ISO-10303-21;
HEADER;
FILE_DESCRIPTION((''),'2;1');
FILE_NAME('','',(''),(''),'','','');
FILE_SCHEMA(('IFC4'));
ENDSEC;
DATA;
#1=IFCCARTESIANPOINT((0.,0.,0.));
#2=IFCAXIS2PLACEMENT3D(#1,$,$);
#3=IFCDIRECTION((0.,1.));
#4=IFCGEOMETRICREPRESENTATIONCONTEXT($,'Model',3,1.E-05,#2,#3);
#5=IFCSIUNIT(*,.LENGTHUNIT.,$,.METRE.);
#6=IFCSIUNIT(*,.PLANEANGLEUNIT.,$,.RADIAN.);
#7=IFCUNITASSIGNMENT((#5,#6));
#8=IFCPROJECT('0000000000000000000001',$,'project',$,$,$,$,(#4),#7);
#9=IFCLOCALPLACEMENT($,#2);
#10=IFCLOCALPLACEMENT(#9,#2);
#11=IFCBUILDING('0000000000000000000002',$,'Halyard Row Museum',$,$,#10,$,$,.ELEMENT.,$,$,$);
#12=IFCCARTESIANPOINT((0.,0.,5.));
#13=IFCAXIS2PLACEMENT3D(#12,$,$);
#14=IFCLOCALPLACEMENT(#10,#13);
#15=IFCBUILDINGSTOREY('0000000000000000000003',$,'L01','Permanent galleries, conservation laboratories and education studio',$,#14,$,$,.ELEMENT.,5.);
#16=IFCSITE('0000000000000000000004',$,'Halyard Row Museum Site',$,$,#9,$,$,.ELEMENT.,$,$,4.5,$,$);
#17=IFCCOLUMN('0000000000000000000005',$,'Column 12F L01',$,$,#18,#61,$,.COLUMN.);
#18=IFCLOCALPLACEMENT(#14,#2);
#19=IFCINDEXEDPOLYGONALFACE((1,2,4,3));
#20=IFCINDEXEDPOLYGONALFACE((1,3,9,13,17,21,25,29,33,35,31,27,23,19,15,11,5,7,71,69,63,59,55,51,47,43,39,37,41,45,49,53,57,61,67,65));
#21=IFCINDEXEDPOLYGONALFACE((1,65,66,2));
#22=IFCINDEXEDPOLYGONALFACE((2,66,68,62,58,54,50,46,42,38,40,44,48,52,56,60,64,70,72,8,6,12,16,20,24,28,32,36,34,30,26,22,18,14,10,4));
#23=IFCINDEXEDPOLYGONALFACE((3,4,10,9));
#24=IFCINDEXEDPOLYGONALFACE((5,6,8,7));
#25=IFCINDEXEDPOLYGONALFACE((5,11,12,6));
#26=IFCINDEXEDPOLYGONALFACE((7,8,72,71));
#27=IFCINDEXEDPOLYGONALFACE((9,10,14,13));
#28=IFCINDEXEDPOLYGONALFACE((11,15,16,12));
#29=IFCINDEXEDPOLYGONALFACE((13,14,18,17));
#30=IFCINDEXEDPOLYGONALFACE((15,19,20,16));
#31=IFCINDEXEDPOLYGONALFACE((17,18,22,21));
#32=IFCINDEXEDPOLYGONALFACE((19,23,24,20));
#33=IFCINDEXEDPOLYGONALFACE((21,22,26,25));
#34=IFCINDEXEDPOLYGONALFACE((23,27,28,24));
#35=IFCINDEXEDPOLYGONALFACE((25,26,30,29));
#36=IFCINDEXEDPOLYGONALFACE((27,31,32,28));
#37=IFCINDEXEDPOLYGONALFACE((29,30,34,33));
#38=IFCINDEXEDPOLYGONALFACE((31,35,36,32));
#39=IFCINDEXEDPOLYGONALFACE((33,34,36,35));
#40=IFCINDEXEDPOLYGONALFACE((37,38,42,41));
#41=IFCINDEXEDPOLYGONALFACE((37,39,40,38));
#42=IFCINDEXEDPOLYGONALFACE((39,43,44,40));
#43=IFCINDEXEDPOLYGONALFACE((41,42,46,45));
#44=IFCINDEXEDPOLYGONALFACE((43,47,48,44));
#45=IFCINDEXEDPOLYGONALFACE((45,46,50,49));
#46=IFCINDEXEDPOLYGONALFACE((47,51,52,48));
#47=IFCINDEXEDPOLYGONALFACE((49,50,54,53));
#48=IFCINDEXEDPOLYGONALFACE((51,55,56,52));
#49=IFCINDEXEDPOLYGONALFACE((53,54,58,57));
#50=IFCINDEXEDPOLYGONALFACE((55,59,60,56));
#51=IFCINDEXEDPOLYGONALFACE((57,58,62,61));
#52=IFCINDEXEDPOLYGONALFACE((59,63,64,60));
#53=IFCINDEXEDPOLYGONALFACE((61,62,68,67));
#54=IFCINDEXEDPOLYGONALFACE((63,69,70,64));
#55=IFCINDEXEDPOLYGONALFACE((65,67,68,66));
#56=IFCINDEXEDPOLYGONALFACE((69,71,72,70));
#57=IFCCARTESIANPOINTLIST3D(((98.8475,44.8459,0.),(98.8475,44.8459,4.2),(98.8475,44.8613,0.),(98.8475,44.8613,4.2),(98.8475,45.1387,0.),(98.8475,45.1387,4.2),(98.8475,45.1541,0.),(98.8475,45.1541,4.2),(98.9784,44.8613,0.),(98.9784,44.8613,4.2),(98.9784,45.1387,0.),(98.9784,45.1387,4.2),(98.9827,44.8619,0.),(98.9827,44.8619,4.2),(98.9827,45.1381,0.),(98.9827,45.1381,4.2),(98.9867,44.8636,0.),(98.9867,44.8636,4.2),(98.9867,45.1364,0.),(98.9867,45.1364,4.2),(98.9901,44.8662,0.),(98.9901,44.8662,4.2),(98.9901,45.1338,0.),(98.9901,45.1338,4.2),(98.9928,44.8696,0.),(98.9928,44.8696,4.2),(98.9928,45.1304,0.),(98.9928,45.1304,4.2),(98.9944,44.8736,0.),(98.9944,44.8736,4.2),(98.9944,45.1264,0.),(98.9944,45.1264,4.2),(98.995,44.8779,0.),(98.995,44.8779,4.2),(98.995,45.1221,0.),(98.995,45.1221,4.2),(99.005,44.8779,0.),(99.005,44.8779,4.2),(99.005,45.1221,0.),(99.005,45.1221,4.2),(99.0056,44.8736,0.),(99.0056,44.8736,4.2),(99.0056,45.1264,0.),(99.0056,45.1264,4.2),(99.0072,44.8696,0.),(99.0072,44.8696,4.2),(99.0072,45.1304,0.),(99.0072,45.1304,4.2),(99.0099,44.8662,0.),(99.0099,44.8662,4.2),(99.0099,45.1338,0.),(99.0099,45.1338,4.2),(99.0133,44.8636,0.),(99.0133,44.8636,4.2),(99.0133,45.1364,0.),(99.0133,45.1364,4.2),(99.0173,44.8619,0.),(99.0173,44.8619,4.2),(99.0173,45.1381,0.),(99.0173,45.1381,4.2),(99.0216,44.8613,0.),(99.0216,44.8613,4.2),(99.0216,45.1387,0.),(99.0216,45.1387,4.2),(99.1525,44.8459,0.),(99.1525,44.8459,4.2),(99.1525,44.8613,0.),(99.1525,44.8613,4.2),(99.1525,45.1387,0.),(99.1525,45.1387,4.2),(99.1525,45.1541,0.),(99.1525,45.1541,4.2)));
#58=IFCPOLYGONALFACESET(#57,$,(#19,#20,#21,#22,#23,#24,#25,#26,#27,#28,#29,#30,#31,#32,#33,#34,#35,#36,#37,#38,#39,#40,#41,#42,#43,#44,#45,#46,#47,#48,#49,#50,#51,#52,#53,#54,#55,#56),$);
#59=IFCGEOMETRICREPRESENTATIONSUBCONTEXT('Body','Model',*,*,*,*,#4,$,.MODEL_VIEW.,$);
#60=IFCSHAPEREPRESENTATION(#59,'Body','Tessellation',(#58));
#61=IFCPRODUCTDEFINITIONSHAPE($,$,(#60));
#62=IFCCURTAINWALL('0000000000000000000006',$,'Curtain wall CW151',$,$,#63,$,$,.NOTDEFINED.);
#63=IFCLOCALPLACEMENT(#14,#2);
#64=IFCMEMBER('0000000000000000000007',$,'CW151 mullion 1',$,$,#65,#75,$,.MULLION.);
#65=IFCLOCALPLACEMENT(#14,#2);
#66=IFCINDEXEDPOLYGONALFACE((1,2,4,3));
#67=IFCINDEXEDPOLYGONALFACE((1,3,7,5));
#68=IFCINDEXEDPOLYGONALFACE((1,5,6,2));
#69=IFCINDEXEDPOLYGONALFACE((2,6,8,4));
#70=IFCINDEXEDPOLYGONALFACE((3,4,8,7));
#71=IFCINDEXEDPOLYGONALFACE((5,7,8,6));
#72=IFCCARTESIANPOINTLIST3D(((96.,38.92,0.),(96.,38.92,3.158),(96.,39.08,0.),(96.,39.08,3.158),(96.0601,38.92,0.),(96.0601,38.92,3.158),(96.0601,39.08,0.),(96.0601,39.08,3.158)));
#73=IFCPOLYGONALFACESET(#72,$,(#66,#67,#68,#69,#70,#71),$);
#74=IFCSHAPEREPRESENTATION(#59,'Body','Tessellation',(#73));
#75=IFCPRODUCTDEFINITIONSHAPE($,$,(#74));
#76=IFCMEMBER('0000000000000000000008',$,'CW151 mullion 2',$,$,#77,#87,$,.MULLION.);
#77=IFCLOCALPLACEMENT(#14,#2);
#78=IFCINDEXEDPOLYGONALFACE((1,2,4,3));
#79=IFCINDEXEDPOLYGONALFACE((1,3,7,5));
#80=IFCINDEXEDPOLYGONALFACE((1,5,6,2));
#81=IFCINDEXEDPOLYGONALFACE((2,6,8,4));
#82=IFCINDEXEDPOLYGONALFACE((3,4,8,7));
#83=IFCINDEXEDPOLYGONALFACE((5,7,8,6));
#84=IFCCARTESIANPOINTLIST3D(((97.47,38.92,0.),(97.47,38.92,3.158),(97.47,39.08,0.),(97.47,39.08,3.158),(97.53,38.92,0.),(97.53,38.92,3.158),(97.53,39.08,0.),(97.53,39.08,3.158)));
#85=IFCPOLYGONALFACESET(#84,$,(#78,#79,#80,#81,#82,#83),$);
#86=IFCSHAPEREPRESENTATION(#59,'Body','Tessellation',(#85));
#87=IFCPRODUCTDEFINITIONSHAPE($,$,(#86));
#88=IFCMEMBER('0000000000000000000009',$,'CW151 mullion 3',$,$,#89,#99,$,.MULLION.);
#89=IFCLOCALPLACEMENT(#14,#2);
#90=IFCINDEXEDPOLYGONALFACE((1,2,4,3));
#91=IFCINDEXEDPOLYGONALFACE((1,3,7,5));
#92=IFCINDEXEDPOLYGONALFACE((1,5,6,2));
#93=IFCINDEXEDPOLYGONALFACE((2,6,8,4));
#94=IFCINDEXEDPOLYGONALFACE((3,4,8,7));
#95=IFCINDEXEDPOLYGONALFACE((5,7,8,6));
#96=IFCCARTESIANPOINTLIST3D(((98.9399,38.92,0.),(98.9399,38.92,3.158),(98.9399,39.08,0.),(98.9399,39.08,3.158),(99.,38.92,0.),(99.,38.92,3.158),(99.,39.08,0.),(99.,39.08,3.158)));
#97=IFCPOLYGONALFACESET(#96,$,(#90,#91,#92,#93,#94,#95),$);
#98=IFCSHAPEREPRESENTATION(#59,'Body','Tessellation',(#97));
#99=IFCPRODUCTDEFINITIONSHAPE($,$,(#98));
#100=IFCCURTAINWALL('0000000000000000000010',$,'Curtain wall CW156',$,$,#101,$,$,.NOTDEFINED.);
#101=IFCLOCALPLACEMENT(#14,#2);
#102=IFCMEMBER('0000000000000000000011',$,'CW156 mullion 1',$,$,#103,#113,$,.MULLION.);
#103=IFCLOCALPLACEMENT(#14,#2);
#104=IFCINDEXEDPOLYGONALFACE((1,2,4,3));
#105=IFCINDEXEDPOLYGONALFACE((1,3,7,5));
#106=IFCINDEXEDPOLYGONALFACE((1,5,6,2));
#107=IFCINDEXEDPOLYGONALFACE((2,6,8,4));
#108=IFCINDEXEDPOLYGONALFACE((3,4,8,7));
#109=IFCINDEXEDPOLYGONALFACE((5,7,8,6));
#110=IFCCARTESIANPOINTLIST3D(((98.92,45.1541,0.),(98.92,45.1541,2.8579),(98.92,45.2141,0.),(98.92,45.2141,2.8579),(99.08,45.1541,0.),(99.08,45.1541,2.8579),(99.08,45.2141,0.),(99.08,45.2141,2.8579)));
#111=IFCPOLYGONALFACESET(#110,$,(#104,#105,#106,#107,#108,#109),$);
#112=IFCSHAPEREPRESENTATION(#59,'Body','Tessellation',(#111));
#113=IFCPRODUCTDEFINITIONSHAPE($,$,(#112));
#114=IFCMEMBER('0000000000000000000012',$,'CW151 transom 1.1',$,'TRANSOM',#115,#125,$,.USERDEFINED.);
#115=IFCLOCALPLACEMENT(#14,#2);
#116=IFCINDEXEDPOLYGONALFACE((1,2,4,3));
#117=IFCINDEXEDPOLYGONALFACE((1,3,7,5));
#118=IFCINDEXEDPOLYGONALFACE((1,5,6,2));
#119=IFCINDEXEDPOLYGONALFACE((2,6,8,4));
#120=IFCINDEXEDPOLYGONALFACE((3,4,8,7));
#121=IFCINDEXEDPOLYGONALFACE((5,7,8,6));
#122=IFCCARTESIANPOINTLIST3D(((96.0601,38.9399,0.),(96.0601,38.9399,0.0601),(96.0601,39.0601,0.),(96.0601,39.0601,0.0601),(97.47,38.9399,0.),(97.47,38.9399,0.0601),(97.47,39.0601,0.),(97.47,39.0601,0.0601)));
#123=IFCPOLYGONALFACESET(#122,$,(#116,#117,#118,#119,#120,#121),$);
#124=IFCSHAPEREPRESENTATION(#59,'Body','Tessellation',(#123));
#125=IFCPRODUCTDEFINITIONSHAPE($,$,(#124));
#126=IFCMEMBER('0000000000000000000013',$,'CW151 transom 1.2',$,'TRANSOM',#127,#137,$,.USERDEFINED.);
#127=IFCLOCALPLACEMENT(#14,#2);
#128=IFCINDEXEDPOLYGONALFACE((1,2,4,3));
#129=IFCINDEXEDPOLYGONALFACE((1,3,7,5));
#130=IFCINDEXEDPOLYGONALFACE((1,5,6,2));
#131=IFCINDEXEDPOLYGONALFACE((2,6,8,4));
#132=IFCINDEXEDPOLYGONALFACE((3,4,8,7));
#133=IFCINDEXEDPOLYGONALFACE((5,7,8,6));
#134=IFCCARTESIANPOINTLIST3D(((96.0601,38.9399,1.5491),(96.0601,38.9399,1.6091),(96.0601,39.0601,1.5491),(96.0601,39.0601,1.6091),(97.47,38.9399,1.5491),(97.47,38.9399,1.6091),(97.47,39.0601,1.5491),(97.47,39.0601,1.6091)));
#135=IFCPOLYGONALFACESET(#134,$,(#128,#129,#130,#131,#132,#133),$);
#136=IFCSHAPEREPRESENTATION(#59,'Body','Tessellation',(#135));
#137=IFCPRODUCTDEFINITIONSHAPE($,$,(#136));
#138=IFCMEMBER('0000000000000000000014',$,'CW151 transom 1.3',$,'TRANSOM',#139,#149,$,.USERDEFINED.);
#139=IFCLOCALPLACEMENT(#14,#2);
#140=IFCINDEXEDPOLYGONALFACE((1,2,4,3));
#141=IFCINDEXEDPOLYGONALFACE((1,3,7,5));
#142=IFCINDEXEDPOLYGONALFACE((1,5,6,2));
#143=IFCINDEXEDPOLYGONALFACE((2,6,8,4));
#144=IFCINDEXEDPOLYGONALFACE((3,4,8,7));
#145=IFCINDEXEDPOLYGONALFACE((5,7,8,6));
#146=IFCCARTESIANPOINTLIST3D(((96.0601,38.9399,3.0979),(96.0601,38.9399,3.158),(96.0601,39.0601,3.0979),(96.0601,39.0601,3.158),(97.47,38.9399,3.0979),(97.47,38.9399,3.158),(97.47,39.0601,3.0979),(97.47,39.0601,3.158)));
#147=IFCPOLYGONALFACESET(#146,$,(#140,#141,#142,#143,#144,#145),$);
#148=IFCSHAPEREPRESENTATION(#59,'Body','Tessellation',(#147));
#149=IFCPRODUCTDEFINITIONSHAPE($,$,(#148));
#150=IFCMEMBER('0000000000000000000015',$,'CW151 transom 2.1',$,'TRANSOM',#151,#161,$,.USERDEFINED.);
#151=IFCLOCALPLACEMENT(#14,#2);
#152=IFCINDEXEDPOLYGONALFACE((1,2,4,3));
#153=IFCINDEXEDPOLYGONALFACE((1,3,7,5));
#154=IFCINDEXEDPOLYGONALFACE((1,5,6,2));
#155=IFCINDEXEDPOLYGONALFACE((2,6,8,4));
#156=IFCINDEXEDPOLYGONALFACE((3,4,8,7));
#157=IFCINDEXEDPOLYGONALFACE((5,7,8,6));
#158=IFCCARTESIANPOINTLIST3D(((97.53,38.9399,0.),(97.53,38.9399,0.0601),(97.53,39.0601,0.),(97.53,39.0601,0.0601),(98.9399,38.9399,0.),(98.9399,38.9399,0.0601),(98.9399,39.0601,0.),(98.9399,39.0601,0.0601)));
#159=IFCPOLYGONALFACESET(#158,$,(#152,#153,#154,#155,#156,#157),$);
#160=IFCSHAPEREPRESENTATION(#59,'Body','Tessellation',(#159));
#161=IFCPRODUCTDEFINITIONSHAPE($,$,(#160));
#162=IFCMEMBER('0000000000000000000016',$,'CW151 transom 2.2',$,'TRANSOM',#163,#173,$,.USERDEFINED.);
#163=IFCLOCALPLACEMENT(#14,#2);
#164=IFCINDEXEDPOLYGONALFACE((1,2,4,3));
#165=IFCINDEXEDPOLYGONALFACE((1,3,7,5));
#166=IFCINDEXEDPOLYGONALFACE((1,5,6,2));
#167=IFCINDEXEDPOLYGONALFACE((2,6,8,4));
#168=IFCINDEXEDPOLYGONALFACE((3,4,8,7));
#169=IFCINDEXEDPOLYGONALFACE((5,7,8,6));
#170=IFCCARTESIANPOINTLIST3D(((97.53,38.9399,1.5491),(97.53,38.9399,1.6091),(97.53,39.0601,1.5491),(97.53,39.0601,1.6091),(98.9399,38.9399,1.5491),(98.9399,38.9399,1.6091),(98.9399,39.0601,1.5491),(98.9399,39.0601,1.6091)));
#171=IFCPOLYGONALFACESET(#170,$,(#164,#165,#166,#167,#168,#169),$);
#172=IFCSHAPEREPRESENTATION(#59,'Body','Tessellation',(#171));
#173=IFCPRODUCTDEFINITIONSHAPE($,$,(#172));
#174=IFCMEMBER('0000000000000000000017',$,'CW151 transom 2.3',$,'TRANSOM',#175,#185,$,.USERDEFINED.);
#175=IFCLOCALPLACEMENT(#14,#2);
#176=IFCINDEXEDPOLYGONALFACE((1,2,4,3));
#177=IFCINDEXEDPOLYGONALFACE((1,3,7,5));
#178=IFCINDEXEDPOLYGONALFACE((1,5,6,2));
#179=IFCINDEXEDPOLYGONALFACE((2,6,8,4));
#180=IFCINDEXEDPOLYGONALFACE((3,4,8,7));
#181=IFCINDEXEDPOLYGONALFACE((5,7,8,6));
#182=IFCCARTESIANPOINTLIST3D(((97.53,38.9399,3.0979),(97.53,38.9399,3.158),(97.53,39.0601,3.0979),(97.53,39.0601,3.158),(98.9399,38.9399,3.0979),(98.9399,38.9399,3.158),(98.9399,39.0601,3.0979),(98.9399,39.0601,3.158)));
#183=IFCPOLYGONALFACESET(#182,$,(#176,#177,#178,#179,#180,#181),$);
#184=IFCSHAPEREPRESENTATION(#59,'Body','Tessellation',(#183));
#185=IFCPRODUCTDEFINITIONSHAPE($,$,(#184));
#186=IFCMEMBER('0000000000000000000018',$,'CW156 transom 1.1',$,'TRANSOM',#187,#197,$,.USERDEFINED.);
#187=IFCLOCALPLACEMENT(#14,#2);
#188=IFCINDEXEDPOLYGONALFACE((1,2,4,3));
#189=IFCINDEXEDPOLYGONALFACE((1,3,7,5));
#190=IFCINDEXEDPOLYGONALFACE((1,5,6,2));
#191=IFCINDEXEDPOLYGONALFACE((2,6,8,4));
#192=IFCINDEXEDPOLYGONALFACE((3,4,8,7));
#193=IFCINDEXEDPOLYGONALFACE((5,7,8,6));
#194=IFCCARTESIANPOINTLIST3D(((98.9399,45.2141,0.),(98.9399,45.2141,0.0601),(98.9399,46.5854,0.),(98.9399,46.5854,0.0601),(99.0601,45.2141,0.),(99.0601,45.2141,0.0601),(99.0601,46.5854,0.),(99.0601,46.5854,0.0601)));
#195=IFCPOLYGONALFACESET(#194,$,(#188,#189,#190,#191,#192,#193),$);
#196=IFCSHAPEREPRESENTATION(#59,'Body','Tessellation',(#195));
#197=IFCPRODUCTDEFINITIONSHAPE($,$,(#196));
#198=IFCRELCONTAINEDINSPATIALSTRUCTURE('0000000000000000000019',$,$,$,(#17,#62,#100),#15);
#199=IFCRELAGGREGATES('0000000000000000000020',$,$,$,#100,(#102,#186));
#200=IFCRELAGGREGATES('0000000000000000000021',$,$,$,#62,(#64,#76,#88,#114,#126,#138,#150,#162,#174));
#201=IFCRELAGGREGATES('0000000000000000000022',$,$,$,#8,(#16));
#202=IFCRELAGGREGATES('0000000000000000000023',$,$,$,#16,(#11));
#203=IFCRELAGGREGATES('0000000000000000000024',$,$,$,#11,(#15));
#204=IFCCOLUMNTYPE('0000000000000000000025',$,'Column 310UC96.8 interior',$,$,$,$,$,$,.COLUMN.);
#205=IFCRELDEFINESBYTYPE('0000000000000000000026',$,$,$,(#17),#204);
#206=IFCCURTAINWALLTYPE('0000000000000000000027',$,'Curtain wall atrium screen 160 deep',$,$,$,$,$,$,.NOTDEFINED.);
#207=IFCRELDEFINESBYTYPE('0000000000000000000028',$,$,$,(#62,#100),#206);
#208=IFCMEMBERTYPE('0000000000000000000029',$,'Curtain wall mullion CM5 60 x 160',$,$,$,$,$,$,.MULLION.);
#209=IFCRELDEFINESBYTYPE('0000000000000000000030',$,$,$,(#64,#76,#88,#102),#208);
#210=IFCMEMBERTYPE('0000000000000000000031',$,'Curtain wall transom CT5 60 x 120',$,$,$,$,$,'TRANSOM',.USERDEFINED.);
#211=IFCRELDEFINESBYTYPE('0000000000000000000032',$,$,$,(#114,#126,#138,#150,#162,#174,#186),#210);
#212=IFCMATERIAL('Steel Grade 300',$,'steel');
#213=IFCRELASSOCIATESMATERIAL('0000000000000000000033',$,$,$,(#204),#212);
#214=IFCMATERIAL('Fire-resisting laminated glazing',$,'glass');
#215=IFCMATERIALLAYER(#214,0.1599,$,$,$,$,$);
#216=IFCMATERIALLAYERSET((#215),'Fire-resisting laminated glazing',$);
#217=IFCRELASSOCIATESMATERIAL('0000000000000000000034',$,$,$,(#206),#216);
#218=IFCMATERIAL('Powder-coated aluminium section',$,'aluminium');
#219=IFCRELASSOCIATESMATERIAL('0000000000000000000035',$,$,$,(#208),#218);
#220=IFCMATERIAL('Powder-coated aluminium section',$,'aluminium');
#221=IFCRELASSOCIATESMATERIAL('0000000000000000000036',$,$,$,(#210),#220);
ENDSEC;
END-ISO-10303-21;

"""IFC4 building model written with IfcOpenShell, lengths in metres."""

from ifc_helpers import new_model, si_unit, direction, frame, origin, origin_2d, place, context, subcontext, project, spatial, rectangle, i_section, extrude, material, layer, layer_set, material_profile, profile_set, type_object, element, aggregate, save


model = new_model("IFC4")

# Units and contexts
model_context = context("Model", 3, precision=1e-05, world=origin(), true_north=direction((0.0, 1.0)))
body_context = subcontext(model_context, "Body", "Model", "MODEL_VIEW")
ifc_project = project(units=[si_unit("LENGTHUNIT", "METRE"), si_unit("PLANEANGLEUNIT", "RADIAN")], contexts=[model_context])

# Site, building, storey
site_placement = place(None, origin())
site = spatial("IfcSite", under=ifc_project, at=site_placement, Name="Halyard Row Museum Site", CompositionType="ELEMENT", RefElevation=4.5)
building_placement = place(site_placement, origin())
building = spatial("IfcBuilding", under=site, at=building_placement, Name="Halyard Row Museum", CompositionType="ELEMENT")
storey_placement = place(building_placement, frame((0.0, 0.0, 5.0)))
storey = spatial("IfcBuildingStorey", under=building, at=storey_placement, Name="L01", Description="Permanent galleries, conservation laboratories and education studio", CompositionType="ELEMENT", Elevation=5.0)

# Column
ifc_material_1 = material(Name="Steel Grade 300", Category="steel")
ifc_material_profile_1 = material_profile(ifc_material_1, i_section(OverallWidth=0.3049, OverallDepth=0.3081, WebThickness=0.01, FlangeThickness=0.0154, FilletRadius=0.0166, at=origin_2d()), Name="310UC96.8")
ifc_profile_set_1 = profile_set([ifc_material_profile_1], Name="Steel Grade 300")
column_type = type_object("IfcColumnType", Name="Column 310UC96.8 interior", PredefinedType="COLUMN", material=ifc_profile_set_1)
column_placement = place(storey_placement, frame((99.0, 45.0, 0.0), z_axis=(0.0, 0.0, 1.0), x_axis=(1.0, 0.0, 0.0)))
element("IfcColumn", 1, at=column_placement, inside=storey, type_object=column_type, Name="Column 12F L01", PredefinedType="COLUMN", context=body_context, shape_type="SweptSolid", body=[
    extrude(i_section(OverallWidth=0.3049, OverallDepth=0.3081, WebThickness=0.01, FlangeThickness=0.0154, FilletRadius=0.0166, at=origin_2d()), origin(), (0.0, 0.0, 1.0), 4.2),
])

# Curtain wall, members
ifc_material_2 = material(Name="Fire-resisting laminated glazing", Category="glass")
ifc_layer_1 = layer(ifc_material_2, 0.1599)
ifc_layer_set_1 = layer_set([ifc_layer_1], Name="Fire-resisting laminated glazing")
curtain_wall_type = type_object("IfcCurtainWallType", Name="Curtain wall atrium screen 160 deep", PredefinedType="NOTDEFINED", material=ifc_layer_set_1)
curtain_wall_1_placement = place(storey_placement, origin())
curtain_wall_1 = element("IfcCurtainWall", 2, at=curtain_wall_1_placement, inside=storey, type_object=curtain_wall_type, Name="Curtain wall CW151", PredefinedType="NOTDEFINED")
ifc_material_3 = material(Name="Powder-coated aluminium section", Category="aluminium")
ifc_material_profile_2 = material_profile(ifc_material_3, rectangle(XDim=0.1599, YDim=0.0601, at=origin_2d()), Name="160x60 mullion")
ifc_profile_set_2 = profile_set([ifc_material_profile_2], Name="Powder-coated aluminium section")
member_type_1 = type_object("IfcMemberType", Name="Curtain wall mullion CM5 60 x 160", PredefinedType="MULLION", material=ifc_profile_set_2)
member_1_placement = place(storey_placement, frame((96.03, 39.0, 0.0), z_axis=(0.0, 0.0, 1.0), x_axis=(0.0, 1.0, 0.0)))
member_1 = element("IfcMember", 3, at=member_1_placement, type_object=member_type_1, Name="CW151 mullion 1", PredefinedType="MULLION", context=body_context, shape_type="SweptSolid", body=[
    extrude(rectangle(XDim=0.1599, YDim=0.0601, at=origin_2d()), origin(), (0.0, 0.0, 1.0), 3.158),
])
member_2_placement = place(storey_placement, frame((97.5, 39.0, 0.0), z_axis=(0.0, 0.0, 1.0), x_axis=(0.0, 1.0, 0.0)))
member_2 = element("IfcMember", 4, at=member_2_placement, type_object=member_type_1, Name="CW151 mullion 2", PredefinedType="MULLION", context=body_context, shape_type="SweptSolid", body=[
    extrude(rectangle(XDim=0.1599, YDim=0.0601, at=origin_2d()), origin(), (0.0, 0.0, 1.0), 3.158),
])
member_3_placement = place(storey_placement, frame((98.97, 39.0, 0.0), z_axis=(0.0, 0.0, 1.0), x_axis=(0.0, 1.0, 0.0)))
member_3 = element("IfcMember", 5, at=member_3_placement, type_object=member_type_1, Name="CW151 mullion 3", PredefinedType="MULLION", context=body_context, shape_type="SweptSolid", body=[
    extrude(rectangle(XDim=0.1599, YDim=0.0601, at=origin_2d()), origin(), (0.0, 0.0, 1.0), 3.158),
])

# Curtain wall, member
curtain_wall_2_placement = place(storey_placement, origin())
curtain_wall_2 = element("IfcCurtainWall", 6, at=curtain_wall_2_placement, inside=storey, type_object=curtain_wall_type, Name="Curtain wall CW156", PredefinedType="NOTDEFINED")
member_4_placement = place(storey_placement, frame((99.0, 45.1841, 0.0), z_axis=(0.0, 0.0, 1.0), x_axis=(-1.0, 0.0, 0.0)))
member_4 = element("IfcMember", 7, at=member_4_placement, type_object=member_type_1, Name="CW156 mullion 1", PredefinedType="MULLION", context=body_context, shape_type="SweptSolid", body=[
    extrude(rectangle(XDim=0.1599, YDim=0.0601, at=origin_2d()), origin(), (0.0, 0.0, 1.0), 2.8579),
])

# Members
ifc_material_4 = material(Name="Powder-coated aluminium section", Category="aluminium")
ifc_material_profile_3 = material_profile(ifc_material_4, rectangle(XDim=0.1201, YDim=0.0601, at=origin_2d()), Name="120x60 transom")
ifc_profile_set_3 = profile_set([ifc_material_profile_3], Name="Powder-coated aluminium section")
member_type_2 = type_object("IfcMemberType", Name="Curtain wall transom CT5 60 x 120", ElementType="TRANSOM", PredefinedType="USERDEFINED", material=ifc_profile_set_3)
member_5_placement = place(storey_placement, frame((96.0601, 39.0, 0.03), z_axis=(1.0, 0.0, 0.0), x_axis=(0.0, 1.0, 0.0)))
member_5 = element("IfcMember", 8, at=member_5_placement, type_object=member_type_2, Name="CW151 transom 1.1", ObjectType="TRANSOM", PredefinedType="USERDEFINED", context=body_context, shape_type="SweptSolid", body=[
    extrude(rectangle(XDim=0.1201, YDim=0.0601, at=origin_2d()), origin(), (0.0, 0.0, 1.0), 1.4099),
])
member_6_placement = place(storey_placement, frame((96.0601, 39.0, 1.5791), z_axis=(1.0, 0.0, 0.0), x_axis=(0.0, 1.0, 0.0)))
member_6 = element("IfcMember", 9, at=member_6_placement, type_object=member_type_2, Name="CW151 transom 1.2", ObjectType="TRANSOM", PredefinedType="USERDEFINED", context=body_context, shape_type="SweptSolid", body=[
    extrude(rectangle(XDim=0.1201, YDim=0.0601, at=origin_2d()), origin(), (0.0, 0.0, 1.0), 1.4099),
])
member_7_placement = place(storey_placement, frame((96.0601, 39.0, 3.1279), z_axis=(1.0, 0.0, 0.0), x_axis=(0.0, 1.0, 0.0)))
member_7 = element("IfcMember", 10, at=member_7_placement, type_object=member_type_2, Name="CW151 transom 1.3", ObjectType="TRANSOM", PredefinedType="USERDEFINED", context=body_context, shape_type="SweptSolid", body=[
    extrude(rectangle(XDim=0.1201, YDim=0.0601, at=origin_2d()), origin(), (0.0, 0.0, 1.0), 1.4099),
])
member_8_placement = place(storey_placement, frame((97.53, 39.0, 0.03), z_axis=(1.0, 0.0, 0.0), x_axis=(0.0, 1.0, 0.0)))
member_8 = element("IfcMember", 11, at=member_8_placement, type_object=member_type_2, Name="CW151 transom 2.1", ObjectType="TRANSOM", PredefinedType="USERDEFINED", context=body_context, shape_type="SweptSolid", body=[
    extrude(rectangle(XDim=0.1201, YDim=0.0601, at=origin_2d()), origin(), (0.0, 0.0, 1.0), 1.4099),
])
member_9_placement = place(storey_placement, frame((97.53, 39.0, 1.5791), z_axis=(1.0, 0.0, 0.0), x_axis=(0.0, 1.0, 0.0)))
member_9 = element("IfcMember", 12, at=member_9_placement, type_object=member_type_2, Name="CW151 transom 2.2", ObjectType="TRANSOM", PredefinedType="USERDEFINED", context=body_context, shape_type="SweptSolid", body=[
    extrude(rectangle(XDim=0.1201, YDim=0.0601, at=origin_2d()), origin(), (0.0, 0.0, 1.0), 1.4099),
])
member_10_placement = place(storey_placement, frame((97.53, 39.0, 3.1279), z_axis=(1.0, 0.0, 0.0), x_axis=(0.0, 1.0, 0.0)))
member_10 = element("IfcMember", 13, at=member_10_placement, type_object=member_type_2, Name="CW151 transom 2.3", ObjectType="TRANSOM", PredefinedType="USERDEFINED", context=body_context, shape_type="SweptSolid", body=[
    extrude(rectangle(XDim=0.1201, YDim=0.0601, at=origin_2d()), origin(), (0.0, 0.0, 1.0), 1.4099),
])
member_11_placement = place(storey_placement, frame((99.0, 45.2141, 0.03), z_axis=(0.0, 1.0, 0.0), x_axis=(-1.0, 0.0, 0.0)))
member_11 = element("IfcMember", 14, at=member_11_placement, type_object=member_type_2, Name="CW156 transom 1.1", ObjectType="TRANSOM", PredefinedType="USERDEFINED", context=body_context, shape_type="SweptSolid", body=[
    extrude(rectangle(XDim=0.1201, YDim=0.0601, at=origin_2d()), origin(), (0.0, 0.0, 1.0), 1.3713),
])
aggregate(curtain_wall_2, [member_4, member_11])

aggregate(curtain_wall_1, [member_1, member_2, member_3, member_5, member_6, member_7, member_8, member_9, member_10])

save(model, "model.ifc")
